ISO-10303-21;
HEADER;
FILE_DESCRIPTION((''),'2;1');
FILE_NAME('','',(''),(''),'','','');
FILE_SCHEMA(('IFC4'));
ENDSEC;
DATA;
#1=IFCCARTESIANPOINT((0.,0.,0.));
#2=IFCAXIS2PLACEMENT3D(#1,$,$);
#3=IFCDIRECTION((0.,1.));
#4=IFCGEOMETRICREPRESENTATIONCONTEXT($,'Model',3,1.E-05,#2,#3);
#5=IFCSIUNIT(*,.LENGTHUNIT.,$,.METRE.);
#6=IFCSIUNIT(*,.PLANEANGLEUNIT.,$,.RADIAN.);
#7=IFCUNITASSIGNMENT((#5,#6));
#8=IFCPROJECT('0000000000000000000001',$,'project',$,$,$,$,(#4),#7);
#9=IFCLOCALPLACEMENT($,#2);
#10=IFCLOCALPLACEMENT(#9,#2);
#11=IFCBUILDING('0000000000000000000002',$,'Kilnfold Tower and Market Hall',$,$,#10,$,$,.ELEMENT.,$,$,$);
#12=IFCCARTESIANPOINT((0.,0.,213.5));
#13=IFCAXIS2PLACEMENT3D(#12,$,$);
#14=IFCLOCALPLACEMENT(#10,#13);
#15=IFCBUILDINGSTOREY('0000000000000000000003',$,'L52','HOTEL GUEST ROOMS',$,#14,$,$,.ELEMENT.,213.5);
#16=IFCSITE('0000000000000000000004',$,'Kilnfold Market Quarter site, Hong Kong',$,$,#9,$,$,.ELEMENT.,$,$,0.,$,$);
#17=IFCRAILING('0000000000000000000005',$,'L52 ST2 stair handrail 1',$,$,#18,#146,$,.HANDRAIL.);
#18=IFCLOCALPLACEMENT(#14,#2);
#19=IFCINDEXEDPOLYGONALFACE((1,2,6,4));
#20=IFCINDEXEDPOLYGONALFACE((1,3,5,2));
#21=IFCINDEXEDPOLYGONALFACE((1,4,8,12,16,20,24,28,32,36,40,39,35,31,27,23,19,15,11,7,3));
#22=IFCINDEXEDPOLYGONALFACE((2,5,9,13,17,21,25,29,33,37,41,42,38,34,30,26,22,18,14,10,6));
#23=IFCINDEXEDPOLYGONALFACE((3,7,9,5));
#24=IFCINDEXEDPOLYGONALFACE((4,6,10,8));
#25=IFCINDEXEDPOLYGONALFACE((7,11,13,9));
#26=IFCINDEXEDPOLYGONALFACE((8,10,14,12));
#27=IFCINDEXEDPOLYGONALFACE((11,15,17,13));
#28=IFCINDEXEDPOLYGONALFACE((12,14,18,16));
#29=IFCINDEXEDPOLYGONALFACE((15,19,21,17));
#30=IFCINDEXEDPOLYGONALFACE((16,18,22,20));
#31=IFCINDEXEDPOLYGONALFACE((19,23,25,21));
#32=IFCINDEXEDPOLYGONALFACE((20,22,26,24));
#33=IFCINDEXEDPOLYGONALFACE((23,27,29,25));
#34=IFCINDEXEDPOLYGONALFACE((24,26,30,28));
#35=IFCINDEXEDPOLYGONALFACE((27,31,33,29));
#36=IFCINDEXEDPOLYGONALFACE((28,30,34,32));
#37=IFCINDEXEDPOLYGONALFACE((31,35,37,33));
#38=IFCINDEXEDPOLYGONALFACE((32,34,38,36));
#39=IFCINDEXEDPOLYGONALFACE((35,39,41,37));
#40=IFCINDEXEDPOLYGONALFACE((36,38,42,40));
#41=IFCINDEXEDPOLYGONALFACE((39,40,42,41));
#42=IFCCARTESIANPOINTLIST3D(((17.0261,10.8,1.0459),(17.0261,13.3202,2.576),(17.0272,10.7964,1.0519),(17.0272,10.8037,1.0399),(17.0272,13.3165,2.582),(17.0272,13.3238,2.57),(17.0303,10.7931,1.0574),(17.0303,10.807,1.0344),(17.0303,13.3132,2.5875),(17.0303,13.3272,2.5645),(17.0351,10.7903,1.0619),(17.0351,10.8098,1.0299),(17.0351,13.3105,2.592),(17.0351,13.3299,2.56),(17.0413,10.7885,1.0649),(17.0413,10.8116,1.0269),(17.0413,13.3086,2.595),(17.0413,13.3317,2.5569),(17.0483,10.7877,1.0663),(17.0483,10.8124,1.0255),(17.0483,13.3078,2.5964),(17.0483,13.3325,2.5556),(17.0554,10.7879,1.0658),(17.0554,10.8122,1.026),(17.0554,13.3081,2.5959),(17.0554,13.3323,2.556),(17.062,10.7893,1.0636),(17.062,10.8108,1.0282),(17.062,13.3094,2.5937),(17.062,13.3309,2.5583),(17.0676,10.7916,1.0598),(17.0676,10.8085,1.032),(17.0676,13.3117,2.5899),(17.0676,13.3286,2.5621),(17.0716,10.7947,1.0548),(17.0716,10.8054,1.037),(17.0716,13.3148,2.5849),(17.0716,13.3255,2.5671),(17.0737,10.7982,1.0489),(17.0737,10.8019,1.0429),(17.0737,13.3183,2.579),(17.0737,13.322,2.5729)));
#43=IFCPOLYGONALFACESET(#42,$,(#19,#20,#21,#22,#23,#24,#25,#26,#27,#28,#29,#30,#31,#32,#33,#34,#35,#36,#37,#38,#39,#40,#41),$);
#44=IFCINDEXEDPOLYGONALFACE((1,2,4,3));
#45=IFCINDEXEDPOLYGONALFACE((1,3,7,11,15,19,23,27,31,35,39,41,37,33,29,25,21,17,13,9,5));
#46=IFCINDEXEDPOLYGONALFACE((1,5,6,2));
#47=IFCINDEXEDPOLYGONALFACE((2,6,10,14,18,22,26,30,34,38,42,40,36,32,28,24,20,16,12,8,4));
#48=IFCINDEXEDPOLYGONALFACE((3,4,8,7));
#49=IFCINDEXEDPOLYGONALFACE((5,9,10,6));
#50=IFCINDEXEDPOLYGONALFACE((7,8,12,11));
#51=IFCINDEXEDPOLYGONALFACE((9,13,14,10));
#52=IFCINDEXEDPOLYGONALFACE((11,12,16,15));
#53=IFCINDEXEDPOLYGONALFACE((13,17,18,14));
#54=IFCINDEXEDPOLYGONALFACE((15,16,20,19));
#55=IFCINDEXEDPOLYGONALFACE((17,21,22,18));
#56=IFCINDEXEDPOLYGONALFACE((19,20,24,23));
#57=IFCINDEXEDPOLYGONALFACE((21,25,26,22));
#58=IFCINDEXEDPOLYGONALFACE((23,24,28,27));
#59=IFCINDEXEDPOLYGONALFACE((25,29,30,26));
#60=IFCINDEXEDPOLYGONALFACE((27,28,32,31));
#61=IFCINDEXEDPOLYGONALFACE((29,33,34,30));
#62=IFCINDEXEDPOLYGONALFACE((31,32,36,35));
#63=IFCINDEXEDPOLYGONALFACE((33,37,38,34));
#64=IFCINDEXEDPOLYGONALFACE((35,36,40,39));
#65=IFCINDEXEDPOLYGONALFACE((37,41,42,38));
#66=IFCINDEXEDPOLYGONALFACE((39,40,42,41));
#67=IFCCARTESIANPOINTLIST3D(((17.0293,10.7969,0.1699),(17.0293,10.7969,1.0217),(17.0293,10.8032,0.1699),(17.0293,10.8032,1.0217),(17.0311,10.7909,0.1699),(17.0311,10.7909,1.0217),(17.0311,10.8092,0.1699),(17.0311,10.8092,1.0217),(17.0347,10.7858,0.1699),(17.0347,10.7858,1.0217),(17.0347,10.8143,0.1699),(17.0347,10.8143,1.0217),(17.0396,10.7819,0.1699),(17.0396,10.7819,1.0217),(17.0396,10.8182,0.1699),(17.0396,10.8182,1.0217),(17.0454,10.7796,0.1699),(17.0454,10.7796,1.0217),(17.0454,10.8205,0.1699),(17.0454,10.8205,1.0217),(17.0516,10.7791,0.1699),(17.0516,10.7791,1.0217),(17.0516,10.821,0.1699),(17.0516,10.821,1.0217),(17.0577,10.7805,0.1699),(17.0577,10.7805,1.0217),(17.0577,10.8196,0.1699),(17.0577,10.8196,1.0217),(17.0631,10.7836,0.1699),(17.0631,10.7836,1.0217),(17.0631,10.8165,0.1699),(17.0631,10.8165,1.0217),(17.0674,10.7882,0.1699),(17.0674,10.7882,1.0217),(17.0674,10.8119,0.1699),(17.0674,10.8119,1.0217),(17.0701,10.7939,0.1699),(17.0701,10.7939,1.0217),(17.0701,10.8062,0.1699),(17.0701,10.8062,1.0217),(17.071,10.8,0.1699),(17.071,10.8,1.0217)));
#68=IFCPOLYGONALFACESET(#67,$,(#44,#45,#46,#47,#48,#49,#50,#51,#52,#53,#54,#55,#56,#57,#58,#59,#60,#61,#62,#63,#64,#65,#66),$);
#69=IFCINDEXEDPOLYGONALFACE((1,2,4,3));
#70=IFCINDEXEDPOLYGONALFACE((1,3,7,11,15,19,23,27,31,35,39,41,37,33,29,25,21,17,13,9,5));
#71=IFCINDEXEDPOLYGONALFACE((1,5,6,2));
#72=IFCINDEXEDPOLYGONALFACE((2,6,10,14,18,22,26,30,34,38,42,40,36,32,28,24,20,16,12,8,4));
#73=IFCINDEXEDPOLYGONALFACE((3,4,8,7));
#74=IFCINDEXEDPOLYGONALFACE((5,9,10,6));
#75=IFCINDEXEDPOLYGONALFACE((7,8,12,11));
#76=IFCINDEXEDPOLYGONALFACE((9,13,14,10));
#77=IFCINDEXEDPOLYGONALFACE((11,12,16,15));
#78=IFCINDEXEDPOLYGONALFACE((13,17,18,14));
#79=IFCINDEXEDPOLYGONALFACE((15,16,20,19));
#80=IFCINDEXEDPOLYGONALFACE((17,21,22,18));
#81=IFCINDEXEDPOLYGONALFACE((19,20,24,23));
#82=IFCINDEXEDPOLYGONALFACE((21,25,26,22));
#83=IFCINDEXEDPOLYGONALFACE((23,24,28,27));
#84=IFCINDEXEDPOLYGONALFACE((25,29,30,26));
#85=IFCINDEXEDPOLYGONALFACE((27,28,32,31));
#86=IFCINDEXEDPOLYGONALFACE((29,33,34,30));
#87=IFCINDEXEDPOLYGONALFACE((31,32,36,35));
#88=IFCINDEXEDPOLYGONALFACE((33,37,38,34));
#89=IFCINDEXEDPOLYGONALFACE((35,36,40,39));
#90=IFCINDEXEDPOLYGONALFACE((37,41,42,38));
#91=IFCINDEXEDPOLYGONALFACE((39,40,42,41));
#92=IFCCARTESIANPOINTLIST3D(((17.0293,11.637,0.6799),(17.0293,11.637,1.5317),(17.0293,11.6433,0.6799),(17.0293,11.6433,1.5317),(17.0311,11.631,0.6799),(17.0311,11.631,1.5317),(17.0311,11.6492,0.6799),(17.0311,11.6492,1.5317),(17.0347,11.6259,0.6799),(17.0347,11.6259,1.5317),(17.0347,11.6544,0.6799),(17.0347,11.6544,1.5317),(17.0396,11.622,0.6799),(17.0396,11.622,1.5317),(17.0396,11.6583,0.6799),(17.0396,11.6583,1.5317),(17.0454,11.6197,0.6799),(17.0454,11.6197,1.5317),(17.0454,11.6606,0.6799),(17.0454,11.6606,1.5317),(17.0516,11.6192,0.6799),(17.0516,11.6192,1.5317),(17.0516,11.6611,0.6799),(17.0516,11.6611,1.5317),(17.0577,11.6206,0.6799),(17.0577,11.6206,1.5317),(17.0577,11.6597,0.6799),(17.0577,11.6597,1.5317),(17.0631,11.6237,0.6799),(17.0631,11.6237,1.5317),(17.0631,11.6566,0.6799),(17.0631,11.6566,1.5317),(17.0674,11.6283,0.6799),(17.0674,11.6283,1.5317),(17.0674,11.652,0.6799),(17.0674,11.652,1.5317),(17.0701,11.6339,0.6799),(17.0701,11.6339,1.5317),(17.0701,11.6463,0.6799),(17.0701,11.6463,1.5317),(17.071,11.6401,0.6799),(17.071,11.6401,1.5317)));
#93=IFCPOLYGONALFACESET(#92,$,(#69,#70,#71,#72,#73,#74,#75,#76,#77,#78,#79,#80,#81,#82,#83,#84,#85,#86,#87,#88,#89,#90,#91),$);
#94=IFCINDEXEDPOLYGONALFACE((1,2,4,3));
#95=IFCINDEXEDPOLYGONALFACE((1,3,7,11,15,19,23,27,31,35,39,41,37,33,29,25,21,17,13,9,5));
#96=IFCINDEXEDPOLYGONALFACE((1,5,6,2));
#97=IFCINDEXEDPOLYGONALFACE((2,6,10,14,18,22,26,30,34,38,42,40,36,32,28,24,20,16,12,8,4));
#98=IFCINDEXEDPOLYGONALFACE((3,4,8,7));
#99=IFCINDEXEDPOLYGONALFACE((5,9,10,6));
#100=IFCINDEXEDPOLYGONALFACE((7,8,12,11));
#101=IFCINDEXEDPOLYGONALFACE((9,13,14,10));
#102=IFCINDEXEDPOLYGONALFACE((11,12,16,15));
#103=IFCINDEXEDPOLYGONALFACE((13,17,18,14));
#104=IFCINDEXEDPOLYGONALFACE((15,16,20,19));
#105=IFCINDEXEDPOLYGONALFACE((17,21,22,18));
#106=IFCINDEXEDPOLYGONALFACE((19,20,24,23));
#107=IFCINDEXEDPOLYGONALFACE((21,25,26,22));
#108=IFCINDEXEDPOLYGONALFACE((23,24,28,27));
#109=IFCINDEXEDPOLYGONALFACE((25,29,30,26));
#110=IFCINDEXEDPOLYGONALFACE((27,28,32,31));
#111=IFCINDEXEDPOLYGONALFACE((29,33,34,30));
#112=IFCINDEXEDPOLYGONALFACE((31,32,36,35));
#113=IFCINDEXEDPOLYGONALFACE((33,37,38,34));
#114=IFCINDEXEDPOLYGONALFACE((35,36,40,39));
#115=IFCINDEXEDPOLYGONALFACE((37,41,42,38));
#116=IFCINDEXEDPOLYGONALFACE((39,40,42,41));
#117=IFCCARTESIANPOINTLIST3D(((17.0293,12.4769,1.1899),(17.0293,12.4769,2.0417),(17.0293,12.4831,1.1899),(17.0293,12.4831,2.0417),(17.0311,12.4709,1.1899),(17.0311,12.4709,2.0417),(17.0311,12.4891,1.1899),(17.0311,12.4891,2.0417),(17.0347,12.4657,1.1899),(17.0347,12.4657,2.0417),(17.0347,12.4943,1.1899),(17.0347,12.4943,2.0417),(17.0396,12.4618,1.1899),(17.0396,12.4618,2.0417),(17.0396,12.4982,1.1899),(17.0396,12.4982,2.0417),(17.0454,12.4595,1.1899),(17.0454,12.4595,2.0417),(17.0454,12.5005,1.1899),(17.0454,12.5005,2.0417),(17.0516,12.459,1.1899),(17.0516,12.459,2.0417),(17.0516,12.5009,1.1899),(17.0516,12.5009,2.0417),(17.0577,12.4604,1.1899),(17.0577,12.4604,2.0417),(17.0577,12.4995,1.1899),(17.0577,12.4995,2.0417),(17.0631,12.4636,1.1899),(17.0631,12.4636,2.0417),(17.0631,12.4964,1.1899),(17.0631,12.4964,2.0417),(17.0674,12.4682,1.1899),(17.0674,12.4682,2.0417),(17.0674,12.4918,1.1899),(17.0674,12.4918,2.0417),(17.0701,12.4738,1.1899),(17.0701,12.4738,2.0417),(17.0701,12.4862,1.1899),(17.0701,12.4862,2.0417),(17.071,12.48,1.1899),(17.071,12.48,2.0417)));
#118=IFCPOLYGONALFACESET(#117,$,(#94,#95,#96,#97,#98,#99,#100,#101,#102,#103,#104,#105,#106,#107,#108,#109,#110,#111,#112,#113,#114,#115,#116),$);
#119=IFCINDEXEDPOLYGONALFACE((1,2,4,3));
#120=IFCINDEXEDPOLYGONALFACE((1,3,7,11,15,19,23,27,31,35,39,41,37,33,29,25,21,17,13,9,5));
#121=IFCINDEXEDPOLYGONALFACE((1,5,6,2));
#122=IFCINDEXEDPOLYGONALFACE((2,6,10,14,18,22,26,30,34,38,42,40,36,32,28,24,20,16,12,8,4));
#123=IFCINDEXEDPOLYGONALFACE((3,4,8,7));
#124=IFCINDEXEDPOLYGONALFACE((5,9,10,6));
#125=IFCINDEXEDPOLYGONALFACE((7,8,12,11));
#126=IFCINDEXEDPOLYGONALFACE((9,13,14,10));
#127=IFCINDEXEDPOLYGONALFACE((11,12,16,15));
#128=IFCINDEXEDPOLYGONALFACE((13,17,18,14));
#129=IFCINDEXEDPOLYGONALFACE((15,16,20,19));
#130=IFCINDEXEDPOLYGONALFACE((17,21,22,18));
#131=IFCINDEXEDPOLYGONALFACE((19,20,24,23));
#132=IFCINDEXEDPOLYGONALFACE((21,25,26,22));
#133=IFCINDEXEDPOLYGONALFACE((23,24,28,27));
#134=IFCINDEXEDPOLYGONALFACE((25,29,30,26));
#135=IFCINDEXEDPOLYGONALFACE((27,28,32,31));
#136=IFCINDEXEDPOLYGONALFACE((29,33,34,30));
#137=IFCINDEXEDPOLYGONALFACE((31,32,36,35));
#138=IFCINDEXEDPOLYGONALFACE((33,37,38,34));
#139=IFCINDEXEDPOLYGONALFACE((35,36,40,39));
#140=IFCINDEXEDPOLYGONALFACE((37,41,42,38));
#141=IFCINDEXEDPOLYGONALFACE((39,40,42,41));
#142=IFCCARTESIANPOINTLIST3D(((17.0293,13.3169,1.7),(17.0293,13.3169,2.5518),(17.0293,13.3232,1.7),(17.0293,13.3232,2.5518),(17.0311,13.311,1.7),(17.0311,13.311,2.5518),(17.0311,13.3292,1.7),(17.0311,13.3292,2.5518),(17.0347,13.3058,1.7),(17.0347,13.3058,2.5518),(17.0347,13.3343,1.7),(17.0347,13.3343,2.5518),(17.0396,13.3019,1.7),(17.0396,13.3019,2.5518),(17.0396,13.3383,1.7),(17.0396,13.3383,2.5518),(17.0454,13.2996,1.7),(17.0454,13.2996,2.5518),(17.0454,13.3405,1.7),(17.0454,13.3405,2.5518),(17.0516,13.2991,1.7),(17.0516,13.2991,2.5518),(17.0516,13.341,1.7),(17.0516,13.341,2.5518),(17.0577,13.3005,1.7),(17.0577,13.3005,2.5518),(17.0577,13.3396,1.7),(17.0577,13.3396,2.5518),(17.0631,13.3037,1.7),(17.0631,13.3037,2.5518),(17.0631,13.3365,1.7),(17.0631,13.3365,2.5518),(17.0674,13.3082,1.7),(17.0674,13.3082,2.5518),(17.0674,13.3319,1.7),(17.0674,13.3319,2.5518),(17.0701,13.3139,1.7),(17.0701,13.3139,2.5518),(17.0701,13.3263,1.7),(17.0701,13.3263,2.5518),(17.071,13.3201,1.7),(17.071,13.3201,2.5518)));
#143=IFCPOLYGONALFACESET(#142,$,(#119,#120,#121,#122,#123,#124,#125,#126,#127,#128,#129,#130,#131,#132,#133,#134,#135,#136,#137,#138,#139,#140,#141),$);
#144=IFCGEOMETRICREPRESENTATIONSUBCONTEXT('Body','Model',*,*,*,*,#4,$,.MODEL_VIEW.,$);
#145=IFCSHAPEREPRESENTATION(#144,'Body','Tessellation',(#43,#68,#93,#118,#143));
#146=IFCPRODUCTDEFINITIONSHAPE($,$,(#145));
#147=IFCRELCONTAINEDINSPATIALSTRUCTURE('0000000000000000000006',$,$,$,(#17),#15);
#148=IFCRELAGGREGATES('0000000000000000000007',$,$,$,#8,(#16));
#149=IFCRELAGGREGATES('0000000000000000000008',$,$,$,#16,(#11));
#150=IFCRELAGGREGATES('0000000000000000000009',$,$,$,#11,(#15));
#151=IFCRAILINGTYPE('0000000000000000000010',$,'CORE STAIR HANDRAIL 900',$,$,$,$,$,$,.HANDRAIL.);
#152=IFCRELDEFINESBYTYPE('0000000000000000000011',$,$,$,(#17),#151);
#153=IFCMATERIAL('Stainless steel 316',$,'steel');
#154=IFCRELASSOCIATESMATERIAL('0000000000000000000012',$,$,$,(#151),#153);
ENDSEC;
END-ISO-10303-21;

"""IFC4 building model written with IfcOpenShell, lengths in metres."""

from ifc_helpers import new_model, si_unit, direction, frame, origin, origin_2d, place, context, subcontext, project, spatial, circle, extrude, material, type_object, element, save


model = new_model("IFC4")

# Units and contexts
model_context = context("Model", 3, precision=1e-05, world=origin(), true_north=direction((0.0, 1.0)))
body_context = subcontext(model_context, "Body", "Model", "MODEL_VIEW")
ifc_project = project(units=[si_unit("LENGTHUNIT", "METRE"), si_unit("PLANEANGLEUNIT", "RADIAN")], contexts=[model_context])

# Site, building, storey
site_placement = place(None, origin())
site = spatial("IfcSite", under=ifc_project, at=site_placement, Name="Kilnfold Market Quarter site, Hong Kong", CompositionType="ELEMENT", RefElevation=0.0)
building_placement = place(site_placement, origin())
building = spatial("IfcBuilding", under=site, at=building_placement, Name="Kilnfold Tower and Market Hall", CompositionType="ELEMENT")
storey_placement = place(building_placement, frame((0.0, 0.0, 213.5)))
storey = spatial("IfcBuildingStorey", under=building, at=storey_placement, Name="L52", Description="HOTEL GUEST ROOMS", CompositionType="ELEMENT", Elevation=213.5)

# Railing
ifc_material_1 = material(Name="Stainless steel 316", Category="steel")
railing_type_1 = type_object("IfcRailingType", Name="CORE STAIR HANDRAIL 900", PredefinedType="HANDRAIL", material=ifc_material_1)
railing_1_placement = place(storey_placement, frame((17.05, 10.8, 0.1699)))
element("IfcRailing", 1, at=railing_1_placement, inside=storey, type_object=railing_type_1, Name="L52 ST2 stair handrail 1", PredefinedType="HANDRAIL", context=body_context, shape_type="SweptSolid", body=[
    extrude(circle(Radius=0.0239, at=origin_2d()), frame((0.0, 0.0, 0.876), z_axis=(0.0, 0.854785, 0.518982), x_axis=(-1.0, 0.0, 0.0)), (0.0, 0.0, 1.0), 2.9482),
    extrude(circle(Radius=0.021, at=origin_2d()), origin(), (0.0, 0.0, 1.0), 0.8518),
    extrude(circle(Radius=0.021, at=origin_2d()), frame((0.0, 0.8401, 0.51)), (0.0, 0.0, 1.0), 0.8518),
    extrude(circle(Radius=0.021, at=origin_2d()), frame((0.0, 1.6799, 1.02)), (0.0, 0.0, 1.0), 0.8518),
    extrude(circle(Radius=0.021, at=origin_2d()), frame((0.0, 2.52, 1.53)), (0.0, 0.0, 1.0), 0.8518),
])

save(model, "model.ifc")
